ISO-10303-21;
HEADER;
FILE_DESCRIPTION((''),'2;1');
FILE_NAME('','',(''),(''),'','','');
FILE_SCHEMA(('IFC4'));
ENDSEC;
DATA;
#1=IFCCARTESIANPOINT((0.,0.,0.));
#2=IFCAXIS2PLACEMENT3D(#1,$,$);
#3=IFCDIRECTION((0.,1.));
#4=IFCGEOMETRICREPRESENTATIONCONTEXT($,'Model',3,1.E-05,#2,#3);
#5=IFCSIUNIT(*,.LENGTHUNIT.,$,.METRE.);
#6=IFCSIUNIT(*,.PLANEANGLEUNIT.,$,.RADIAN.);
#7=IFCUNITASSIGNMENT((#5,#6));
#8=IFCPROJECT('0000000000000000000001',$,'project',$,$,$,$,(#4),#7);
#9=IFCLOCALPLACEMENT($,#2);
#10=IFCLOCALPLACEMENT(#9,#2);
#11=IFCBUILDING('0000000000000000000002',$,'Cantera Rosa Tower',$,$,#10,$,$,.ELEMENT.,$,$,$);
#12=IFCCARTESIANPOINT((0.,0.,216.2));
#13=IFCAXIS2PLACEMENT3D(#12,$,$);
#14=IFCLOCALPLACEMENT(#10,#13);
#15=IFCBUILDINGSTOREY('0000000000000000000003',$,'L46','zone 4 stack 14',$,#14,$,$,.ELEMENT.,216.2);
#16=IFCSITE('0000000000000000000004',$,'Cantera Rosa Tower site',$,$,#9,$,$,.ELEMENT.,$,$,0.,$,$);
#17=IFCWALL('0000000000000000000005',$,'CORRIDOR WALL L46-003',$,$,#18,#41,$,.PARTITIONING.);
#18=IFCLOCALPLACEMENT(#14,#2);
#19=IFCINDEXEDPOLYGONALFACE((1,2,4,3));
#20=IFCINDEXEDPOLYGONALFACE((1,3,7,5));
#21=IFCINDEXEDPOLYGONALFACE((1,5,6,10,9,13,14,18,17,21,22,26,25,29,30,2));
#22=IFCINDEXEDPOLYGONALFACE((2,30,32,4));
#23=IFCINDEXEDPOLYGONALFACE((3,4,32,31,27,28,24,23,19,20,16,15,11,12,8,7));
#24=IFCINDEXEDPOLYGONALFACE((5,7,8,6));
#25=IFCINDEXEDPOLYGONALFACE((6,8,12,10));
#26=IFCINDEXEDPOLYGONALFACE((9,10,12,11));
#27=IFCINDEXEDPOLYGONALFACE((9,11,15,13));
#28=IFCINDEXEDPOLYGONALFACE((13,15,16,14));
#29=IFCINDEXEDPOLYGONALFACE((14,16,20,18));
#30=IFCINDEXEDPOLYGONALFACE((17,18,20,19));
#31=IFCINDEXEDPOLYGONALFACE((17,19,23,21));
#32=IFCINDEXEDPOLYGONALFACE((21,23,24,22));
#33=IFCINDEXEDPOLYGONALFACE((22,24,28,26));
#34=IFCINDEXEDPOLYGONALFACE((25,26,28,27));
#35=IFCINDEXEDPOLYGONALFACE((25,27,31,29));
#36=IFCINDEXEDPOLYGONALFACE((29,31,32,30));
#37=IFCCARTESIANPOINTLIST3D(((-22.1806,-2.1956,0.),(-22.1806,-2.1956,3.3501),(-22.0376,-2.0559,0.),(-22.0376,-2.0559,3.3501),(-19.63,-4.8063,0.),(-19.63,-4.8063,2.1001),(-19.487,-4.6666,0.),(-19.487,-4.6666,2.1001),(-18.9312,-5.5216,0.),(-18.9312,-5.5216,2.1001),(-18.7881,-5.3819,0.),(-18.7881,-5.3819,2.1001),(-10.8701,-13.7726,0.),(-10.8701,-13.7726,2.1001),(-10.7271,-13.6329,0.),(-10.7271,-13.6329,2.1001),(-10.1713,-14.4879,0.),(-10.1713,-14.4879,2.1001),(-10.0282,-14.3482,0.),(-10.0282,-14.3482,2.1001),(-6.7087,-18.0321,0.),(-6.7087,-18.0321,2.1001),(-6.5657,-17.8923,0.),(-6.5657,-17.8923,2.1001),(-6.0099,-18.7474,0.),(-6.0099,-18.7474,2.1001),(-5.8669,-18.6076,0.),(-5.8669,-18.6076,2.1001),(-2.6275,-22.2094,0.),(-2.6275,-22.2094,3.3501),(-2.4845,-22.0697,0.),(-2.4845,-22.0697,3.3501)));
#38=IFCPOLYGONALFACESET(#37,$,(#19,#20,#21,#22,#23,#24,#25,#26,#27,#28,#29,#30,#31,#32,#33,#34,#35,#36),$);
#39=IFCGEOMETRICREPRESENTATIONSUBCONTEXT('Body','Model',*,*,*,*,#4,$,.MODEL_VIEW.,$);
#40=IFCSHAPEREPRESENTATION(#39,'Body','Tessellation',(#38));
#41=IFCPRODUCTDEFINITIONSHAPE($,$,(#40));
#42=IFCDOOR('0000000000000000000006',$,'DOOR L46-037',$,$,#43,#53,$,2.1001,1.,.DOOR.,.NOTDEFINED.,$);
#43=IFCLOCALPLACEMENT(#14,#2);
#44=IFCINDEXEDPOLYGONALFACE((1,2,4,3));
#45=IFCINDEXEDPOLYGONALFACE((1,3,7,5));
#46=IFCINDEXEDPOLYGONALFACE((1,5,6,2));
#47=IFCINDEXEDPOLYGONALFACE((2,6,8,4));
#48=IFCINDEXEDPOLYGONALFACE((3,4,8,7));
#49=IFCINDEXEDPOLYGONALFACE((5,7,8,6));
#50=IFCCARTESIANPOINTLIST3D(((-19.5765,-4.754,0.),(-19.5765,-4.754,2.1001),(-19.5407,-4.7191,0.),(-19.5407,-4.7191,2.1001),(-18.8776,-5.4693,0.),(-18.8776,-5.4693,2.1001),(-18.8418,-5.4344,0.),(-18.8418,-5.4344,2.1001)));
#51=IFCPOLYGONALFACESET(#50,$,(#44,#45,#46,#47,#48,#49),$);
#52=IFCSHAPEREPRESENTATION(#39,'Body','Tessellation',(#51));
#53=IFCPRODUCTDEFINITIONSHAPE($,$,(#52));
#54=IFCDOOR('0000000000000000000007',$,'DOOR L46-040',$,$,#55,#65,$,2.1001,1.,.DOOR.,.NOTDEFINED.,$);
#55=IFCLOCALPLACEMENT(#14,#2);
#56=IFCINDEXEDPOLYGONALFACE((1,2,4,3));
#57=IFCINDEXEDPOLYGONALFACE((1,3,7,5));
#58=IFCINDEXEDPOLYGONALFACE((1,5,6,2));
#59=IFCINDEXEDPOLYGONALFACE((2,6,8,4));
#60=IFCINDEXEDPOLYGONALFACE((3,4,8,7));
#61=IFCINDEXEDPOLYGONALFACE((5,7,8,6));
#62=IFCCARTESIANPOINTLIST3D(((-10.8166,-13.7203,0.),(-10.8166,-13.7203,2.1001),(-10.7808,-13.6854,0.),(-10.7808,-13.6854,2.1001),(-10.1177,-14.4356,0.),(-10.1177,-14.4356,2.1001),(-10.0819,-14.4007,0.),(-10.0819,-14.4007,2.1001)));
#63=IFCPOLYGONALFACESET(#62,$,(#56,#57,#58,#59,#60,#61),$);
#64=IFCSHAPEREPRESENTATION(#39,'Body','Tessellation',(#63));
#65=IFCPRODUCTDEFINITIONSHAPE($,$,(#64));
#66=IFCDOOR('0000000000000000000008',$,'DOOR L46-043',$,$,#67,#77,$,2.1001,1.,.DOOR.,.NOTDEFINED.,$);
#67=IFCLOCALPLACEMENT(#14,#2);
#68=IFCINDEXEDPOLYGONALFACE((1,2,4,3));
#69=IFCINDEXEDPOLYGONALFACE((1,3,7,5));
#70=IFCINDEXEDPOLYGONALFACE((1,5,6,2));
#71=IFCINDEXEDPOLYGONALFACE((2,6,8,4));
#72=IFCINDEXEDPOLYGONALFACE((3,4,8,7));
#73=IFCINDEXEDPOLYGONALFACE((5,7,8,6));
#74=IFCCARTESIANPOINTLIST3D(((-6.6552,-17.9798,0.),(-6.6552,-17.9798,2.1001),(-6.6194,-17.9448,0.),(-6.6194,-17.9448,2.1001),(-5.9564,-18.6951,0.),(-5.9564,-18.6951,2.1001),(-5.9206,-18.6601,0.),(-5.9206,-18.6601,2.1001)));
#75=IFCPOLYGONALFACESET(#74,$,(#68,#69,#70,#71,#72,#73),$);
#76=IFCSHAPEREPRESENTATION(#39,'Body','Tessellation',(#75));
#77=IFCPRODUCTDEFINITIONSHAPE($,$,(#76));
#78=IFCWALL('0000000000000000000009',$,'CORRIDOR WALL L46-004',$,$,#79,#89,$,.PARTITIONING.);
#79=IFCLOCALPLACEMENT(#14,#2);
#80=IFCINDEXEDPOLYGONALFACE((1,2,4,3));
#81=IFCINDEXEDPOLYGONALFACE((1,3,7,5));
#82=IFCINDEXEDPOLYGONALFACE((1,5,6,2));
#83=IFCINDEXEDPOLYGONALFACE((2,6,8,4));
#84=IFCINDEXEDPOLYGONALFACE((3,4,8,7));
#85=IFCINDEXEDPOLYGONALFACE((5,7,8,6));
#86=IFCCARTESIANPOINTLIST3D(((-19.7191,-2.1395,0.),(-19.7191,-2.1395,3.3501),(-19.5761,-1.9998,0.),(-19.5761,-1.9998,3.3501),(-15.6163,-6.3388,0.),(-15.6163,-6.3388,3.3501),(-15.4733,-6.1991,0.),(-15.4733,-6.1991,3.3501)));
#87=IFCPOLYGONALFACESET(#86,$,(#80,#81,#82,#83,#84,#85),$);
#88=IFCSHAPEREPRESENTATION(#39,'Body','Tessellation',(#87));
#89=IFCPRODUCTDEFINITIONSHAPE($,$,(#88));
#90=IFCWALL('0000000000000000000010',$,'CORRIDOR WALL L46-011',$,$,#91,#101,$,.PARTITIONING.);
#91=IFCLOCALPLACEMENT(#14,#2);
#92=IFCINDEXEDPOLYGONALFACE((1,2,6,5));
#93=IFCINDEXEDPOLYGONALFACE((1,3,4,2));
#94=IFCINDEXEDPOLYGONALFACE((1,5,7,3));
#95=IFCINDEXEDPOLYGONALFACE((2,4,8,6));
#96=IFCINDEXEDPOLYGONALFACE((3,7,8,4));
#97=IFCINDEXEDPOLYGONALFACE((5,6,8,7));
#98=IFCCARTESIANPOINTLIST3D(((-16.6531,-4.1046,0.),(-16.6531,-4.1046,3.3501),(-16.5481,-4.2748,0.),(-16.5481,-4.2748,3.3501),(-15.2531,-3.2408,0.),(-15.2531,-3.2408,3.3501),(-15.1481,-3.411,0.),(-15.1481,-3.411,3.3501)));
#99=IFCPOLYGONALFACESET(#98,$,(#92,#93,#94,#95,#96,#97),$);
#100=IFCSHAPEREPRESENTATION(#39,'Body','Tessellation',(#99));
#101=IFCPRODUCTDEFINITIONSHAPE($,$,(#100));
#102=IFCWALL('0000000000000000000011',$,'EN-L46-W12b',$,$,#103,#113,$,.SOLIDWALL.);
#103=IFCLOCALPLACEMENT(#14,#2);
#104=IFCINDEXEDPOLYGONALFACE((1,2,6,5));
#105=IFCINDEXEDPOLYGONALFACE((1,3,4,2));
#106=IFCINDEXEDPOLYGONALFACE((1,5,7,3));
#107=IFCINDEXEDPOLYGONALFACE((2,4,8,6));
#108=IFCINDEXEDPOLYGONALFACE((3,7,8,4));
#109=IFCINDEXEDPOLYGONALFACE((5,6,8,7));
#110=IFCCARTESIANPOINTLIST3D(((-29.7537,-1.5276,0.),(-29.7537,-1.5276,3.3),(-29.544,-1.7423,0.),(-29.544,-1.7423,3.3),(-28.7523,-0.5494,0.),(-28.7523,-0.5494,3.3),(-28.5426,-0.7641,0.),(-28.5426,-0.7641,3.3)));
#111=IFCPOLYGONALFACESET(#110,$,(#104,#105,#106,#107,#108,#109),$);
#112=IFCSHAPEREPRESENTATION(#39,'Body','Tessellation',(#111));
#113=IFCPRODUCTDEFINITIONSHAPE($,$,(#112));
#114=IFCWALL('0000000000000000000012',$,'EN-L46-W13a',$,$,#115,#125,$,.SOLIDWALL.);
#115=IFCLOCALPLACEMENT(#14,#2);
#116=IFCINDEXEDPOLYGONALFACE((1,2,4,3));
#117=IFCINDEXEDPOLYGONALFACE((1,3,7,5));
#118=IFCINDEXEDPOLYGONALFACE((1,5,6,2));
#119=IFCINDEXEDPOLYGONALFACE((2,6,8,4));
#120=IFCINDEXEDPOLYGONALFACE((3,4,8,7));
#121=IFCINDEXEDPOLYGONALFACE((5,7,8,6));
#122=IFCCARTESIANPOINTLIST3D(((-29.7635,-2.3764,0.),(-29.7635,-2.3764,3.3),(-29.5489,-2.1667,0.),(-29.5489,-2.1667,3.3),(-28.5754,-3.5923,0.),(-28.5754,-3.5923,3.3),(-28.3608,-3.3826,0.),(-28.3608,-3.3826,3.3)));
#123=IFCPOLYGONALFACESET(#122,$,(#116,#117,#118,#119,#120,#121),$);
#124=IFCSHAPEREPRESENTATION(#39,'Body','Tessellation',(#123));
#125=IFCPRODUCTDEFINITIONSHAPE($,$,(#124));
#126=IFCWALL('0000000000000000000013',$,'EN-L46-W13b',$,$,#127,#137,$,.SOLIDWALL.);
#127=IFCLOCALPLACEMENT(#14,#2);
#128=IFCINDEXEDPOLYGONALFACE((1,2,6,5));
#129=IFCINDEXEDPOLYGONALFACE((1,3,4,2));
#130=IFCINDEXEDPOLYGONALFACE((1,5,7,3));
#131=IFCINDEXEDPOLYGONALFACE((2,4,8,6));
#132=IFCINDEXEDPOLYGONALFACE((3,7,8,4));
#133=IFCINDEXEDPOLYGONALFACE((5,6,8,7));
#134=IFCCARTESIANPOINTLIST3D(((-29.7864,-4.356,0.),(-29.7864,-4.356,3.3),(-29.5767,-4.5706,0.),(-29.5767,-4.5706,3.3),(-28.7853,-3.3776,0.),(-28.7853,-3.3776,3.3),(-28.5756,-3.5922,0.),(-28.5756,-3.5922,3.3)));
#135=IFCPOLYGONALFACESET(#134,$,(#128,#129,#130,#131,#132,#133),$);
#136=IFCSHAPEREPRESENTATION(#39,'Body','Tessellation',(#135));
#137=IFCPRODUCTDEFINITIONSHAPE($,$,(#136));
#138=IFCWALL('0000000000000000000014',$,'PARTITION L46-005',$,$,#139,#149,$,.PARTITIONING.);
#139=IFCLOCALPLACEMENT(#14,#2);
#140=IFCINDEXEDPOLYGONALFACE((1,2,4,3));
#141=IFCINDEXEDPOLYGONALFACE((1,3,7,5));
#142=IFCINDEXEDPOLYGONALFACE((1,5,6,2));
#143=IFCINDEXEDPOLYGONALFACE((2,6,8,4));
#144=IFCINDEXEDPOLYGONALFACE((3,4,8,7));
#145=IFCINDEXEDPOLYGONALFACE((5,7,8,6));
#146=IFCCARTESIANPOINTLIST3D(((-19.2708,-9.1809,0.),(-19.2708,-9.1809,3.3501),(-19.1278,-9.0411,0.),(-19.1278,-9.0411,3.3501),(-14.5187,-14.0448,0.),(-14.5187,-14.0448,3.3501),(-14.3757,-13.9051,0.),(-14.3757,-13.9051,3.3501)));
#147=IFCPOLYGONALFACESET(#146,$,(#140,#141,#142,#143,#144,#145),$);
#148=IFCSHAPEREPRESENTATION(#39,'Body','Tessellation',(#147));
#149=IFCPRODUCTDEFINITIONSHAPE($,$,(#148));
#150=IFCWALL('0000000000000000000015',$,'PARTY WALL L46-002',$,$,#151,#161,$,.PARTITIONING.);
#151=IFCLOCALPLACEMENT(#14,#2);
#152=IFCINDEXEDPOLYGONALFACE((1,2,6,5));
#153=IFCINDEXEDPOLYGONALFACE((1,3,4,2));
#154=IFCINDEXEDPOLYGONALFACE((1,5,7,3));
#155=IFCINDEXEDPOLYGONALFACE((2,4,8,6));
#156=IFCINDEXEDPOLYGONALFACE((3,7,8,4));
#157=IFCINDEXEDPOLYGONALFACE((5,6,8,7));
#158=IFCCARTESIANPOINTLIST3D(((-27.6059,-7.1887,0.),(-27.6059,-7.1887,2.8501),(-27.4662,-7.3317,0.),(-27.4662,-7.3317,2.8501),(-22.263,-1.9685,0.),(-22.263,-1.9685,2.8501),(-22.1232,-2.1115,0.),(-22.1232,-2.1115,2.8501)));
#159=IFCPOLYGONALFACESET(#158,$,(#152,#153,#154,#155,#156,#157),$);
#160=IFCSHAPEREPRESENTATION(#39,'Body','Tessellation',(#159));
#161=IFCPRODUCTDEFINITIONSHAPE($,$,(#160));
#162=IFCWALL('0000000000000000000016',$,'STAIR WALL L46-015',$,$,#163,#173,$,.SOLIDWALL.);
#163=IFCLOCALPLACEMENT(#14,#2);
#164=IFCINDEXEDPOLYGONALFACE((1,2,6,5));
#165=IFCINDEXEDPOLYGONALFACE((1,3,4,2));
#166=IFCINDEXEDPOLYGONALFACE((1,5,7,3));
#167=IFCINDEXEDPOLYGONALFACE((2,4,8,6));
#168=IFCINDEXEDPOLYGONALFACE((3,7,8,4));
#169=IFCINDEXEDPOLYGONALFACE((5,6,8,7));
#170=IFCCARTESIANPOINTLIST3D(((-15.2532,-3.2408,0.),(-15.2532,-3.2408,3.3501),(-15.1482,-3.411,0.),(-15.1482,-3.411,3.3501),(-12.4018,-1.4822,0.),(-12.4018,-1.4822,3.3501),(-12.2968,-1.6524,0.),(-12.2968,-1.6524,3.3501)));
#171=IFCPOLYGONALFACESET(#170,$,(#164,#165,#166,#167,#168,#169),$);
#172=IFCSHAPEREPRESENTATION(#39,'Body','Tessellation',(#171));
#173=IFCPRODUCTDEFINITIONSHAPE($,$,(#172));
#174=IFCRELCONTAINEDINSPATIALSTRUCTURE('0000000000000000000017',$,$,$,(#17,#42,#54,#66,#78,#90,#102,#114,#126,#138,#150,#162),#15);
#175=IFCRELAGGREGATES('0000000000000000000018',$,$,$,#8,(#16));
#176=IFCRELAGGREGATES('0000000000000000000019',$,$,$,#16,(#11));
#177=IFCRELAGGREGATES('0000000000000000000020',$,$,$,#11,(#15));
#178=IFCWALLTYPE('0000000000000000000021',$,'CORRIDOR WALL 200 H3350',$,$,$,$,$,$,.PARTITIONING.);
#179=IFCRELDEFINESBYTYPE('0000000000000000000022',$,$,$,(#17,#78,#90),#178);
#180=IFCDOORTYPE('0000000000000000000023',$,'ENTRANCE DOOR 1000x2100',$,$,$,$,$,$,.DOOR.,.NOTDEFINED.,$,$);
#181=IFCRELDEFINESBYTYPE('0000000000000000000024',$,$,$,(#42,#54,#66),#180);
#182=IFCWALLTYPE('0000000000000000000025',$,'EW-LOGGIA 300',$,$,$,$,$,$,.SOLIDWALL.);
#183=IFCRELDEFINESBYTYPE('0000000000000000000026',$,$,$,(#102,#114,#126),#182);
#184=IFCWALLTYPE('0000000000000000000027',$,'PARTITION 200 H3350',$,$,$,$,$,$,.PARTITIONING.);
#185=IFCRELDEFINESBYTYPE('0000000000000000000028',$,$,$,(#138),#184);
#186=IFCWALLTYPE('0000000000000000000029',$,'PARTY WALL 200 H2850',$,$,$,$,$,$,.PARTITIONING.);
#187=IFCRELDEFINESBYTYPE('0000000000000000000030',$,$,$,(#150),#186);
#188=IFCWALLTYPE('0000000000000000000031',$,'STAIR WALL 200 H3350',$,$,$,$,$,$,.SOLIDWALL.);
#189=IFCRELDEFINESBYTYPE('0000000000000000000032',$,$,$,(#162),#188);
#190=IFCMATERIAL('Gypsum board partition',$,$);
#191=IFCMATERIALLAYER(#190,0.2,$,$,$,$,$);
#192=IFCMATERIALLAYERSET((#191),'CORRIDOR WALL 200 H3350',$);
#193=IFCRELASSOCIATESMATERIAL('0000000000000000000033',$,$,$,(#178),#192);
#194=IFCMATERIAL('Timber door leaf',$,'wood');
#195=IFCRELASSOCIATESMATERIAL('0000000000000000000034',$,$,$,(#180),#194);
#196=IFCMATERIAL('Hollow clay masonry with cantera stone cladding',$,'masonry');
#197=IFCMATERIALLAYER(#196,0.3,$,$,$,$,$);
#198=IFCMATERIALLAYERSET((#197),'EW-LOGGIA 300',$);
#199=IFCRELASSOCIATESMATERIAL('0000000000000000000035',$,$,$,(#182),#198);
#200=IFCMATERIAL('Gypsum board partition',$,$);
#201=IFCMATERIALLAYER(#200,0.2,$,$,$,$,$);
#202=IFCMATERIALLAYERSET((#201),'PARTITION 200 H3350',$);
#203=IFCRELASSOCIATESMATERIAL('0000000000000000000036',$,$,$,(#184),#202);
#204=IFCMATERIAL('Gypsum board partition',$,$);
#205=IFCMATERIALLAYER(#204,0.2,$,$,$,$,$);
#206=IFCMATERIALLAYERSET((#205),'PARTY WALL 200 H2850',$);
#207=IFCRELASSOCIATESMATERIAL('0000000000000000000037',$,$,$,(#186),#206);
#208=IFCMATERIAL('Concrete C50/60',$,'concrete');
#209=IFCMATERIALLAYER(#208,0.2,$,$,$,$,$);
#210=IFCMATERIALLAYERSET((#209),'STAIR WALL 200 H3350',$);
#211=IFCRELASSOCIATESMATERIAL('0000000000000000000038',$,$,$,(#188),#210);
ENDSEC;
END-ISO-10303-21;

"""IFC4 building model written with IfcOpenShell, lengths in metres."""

from ifc_helpers import new_model, si_unit, direction, frame, frame_2d, origin, place, context, subcontext, project, spatial, rectangle, extrude, material, layer, layer_set, type_object, element, fill, save


model = new_model("IFC4")

# Units and contexts
model_context = context("Model", 3, precision=1e-05, world=origin(), true_north=direction((0.0, 1.0)))
body_context = subcontext(model_context, "Body", "Model", "MODEL_VIEW")
ifc_project = project(units=[si_unit("LENGTHUNIT", "METRE"), si_unit("PLANEANGLEUNIT", "RADIAN")], contexts=[model_context])

# Site, building, storey
site_placement = place(None, origin())
site = spatial("IfcSite", under=ifc_project, at=site_placement, Name="Cantera Rosa Tower site", CompositionType="ELEMENT", RefElevation=0.0)
building_placement = place(site_placement, origin())
building = spatial("IfcBuilding", under=site, at=building_placement, Name="Cantera Rosa Tower", CompositionType="ELEMENT")
storey_placement = place(building_placement, frame((0.0, 0.0, 216.2)))
storey = spatial("IfcBuildingStorey", under=building, at=storey_placement, Name="L46", Description="zone 4 stack 14", CompositionType="ELEMENT", Elevation=216.2)

# Wall, openings, doors
ifc_material_1 = material(Name="Gypsum board partition")
ifc_layer_1 = layer(ifc_material_1, 0.2)
ifc_layer_set_1 = layer_set([ifc_layer_1], Name="CORRIDOR WALL 200 H3350")
wall_type_1 = type_object("IfcWallType", Name="CORRIDOR WALL 200 H3350", PredefinedType="PARTITIONING", material=ifc_layer_set_1)
wall_1_placement = place(storey_placement, frame((-22.1091, -2.1257, 0.0), z_axis=(0.0, 0.0, 1.0), x_axis=(0.698826, -0.715291, 0.0)))
wall_1 = element("IfcWall", 1, at=wall_1_placement, inside=storey, type_object=wall_type_1, Name="CORRIDOR WALL L46-003", PredefinedType="PARTITIONING", context=body_context, shape_type="SweptSolid", body=[
    extrude(rectangle(XDim=27.98, YDim=0.2, at=frame_2d((13.99, 0.0))), origin(), (0.0, 0.0, 1.0), 3.3501),
])
opening_1_placement = place(wall_1_placement, frame((3.6499, 0.0, 0.0)))
opening_1 = element("IfcOpeningElement", 2, at=opening_1_placement, cuts=wall_1, PredefinedType="OPENING", context=body_context, shape_type="SweptSolid", body=[
    extrude(rectangle(XDim=1.0, YDim=2.1001, at=frame_2d((0.5, 1.05))), frame((0.0, 0.1099, 0.0), z_axis=(0.0, -1.0, 0.0), x_axis=(1.0, 0.0, 0.0)), (0.0, 0.0, 1.0), 0.22),
])
opening_2_placement = place(wall_1_placement, frame((16.1851, 0.0, 0.0)))
opening_2 = element("IfcOpeningElement", 3, at=opening_2_placement, cuts=wall_1, PredefinedType="OPENING", context=body_context, shape_type="SweptSolid", body=[
    extrude(rectangle(XDim=1.0, YDim=2.1001, at=frame_2d((0.5, 1.05))), frame((0.0, 0.1099, 0.0), z_axis=(0.0, -1.0, 0.0), x_axis=(1.0, 0.0, 0.0)), (0.0, 0.0, 1.0), 0.22),
])
opening_3_placement = place(wall_1_placement, frame((22.1399, 0.0, 0.0)))
opening_3 = element("IfcOpeningElement", 4, at=opening_3_placement, cuts=wall_1, PredefinedType="OPENING", context=body_context, shape_type="SweptSolid", body=[
    extrude(rectangle(XDim=1.0, YDim=2.1001, at=frame_2d((0.5, 1.05))), frame((0.0, 0.1099, 0.0), z_axis=(0.0, -1.0, 0.0), x_axis=(1.0, 0.0, 0.0)), (0.0, 0.0, 1.0), 0.22),
])
ifc_material_2 = material(Name="Timber door leaf", Category="wood")
door_type_1 = type_object("IfcDoorType", Name="ENTRANCE DOOR 1000x2100", OperationType="NOTDEFINED", PredefinedType="DOOR", material=ifc_material_2)
door_1_placement = place(opening_1_placement, origin())
door_1 = element("IfcDoor", 5, at=door_1_placement, inside=storey, type_object=door_type_1, Name="DOOR L46-037", OperationType="NOTDEFINED", OverallHeight=2.1001, OverallWidth=1.0, PredefinedType="DOOR", context=body_context, shape_type="SweptSolid", body=[
    extrude(rectangle(XDim=1.0, YDim=2.1001, at=frame_2d((0.5, 1.05))), frame((0.0, 0.0249, 0.0), z_axis=(0.0, -1.0, 0.0), x_axis=(1.0, 0.0, 0.0)), (0.0, 0.0, 1.0), 0.05),
])
fill(opening_1, door_1)
door_2_placement = place(opening_2_placement, origin())
door_2 = element("IfcDoor", 6, at=door_2_placement, inside=storey, type_object=door_type_1, Name="DOOR L46-040", OperationType="NOTDEFINED", OverallHeight=2.1001, OverallWidth=1.0, PredefinedType="DOOR", context=body_context, shape_type="SweptSolid", body=[
    extrude(rectangle(XDim=1.0, YDim=2.1001, at=frame_2d((0.5, 1.05))), frame((0.0, 0.0249, 0.0), z_axis=(0.0, -1.0, 0.0), x_axis=(1.0, 0.0, 0.0)), (0.0, 0.0, 1.0), 0.05),
])
fill(opening_2, door_2)
door_3_placement = place(opening_3_placement, origin())
door_3 = element("IfcDoor", 7, at=door_3_placement, inside=storey, type_object=door_type_1, Name="DOOR L46-043", OperationType="NOTDEFINED", OverallHeight=2.1001, OverallWidth=1.0, PredefinedType="DOOR", context=body_context, shape_type="SweptSolid", body=[
    extrude(rectangle(XDim=1.0, YDim=2.1001, at=frame_2d((0.5, 1.05))), frame((0.0, 0.0249, 0.0), z_axis=(0.0, -1.0, 0.0), x_axis=(1.0, 0.0, 0.0)), (0.0, 0.0, 1.0), 0.05),
])
fill(opening_3, door_3)

# Walls
wall_2_placement = place(storey_placement, frame((-19.6477, -2.0696, 0.0), z_axis=(0.0, 0.0, 1.0), x_axis=(0.698846, -0.715272, 0.0)))
element("IfcWall", 8, at=wall_2_placement, inside=storey, type_object=wall_type_1, Name="CORRIDOR WALL L46-004", PredefinedType="PARTITIONING", context=body_context, shape_type="SweptSolid", body=[
    extrude(rectangle(XDim=5.8708, YDim=0.2, at=frame_2d((2.9355, 0.0))), origin(), (0.0, 0.0, 1.0), 3.3501),
])
wall_3_placement = place(storey_placement, frame((-16.6006, -4.1897, 0.0), z_axis=(0.0, 0.0, 1.0), x_axis=(0.851036, 0.525107, 0.0)))
element("IfcWall", 9, at=wall_3_placement, inside=storey, type_object=wall_type_1, Name="CORRIDOR WALL L46-011", PredefinedType="PARTITIONING", context=body_context, shape_type="SweptSolid", body=[
    extrude(rectangle(XDim=1.645, YDim=0.2, at=frame_2d((0.8225, 0.0))), origin(), (0.0, 0.0, 1.0), 3.3501),
])
ifc_material_3 = material(Name="Hollow clay masonry with cantera stone cladding", Category="masonry")
ifc_layer_2 = layer(ifc_material_3, 0.3)
ifc_layer_set_2 = layer_set([ifc_layer_2], Name="EW-LOGGIA 300")
wall_type_2 = type_object("IfcWallType", Name="EW-LOGGIA 300", PredefinedType="SOLIDWALL", material=ifc_layer_set_2)
wall_4_placement = place(storey_placement, frame((-28.6475, -0.6567, 0.0), z_axis=(0.0, 0.0, 1.0), x_axis=(-0.715342, -0.698775, 0.0)))
element("IfcWall", 10, at=wall_4_placement, inside=storey, type_object=wall_type_2, Name="EN-L46-W12b", PredefinedType="SOLIDWALL", context=body_context, shape_type="SweptSolid", body=[
    extrude(rectangle(XDim=1.3999, YDim=0.3, at=frame_2d((0.7, 0.0))), origin(), (0.0, 0.0, 1.0), 3.3),
])
wall_5_placement = place(storey_placement, frame((-29.6562, -2.2715, 0.0), z_axis=(0.0, 0.0, 1.0), x_axis=(0.698873, -0.715246, 0.0)))
element("IfcWall", 11, at=wall_5_placement, inside=storey, type_object=wall_type_2, Name="EN-L46-W13a", PredefinedType="SOLIDWALL", context=body_context, shape_type="SweptSolid", body=[
    extrude(rectangle(XDim=1.7, YDim=0.3, at=frame_2d((0.8501, 0.0))), origin(), (0.0, 0.0, 1.0), 3.3),
])
wall_6_placement = place(storey_placement, frame((-28.6804, -3.4849, 0.0), z_axis=(0.0, 0.0, 1.0), x_axis=(-0.715169, -0.698951, 0.0)))
element("IfcWall", 12, at=wall_6_placement, inside=storey, type_object=wall_type_2, Name="EN-L46-W13b", PredefinedType="SOLIDWALL", context=body_context, shape_type="SweptSolid", body=[
    extrude(rectangle(XDim=1.3999, YDim=0.3, at=frame_2d((0.7, 0.0))), origin(), (0.0, 0.0, 1.0), 3.3),
])

# Walls
ifc_material_4 = material(Name="Gypsum board partition")
ifc_layer_3 = layer(ifc_material_4, 0.2)
ifc_layer_set_3 = layer_set([ifc_layer_3], Name="PARTITION 200 H3350")
wall_type_3 = type_object("IfcWallType", Name="PARTITION 200 H3350", PredefinedType="PARTITIONING", material=ifc_layer_set_3)
wall_7_placement = place(storey_placement, frame((-19.1992, -9.1111, 0.0), z_axis=(0.0, 0.0, 1.0), x_axis=(0.698837, -0.715281, 0.0)))
element("IfcWall", 13, at=wall_7_placement, inside=storey, type_object=wall_type_3, Name="PARTITION L46-005", PredefinedType="PARTITIONING", context=body_context, shape_type="SweptSolid", body=[
    extrude(rectangle(XDim=6.8, YDim=0.2, at=frame_2d((3.3999, 0.0))), origin(), (0.0, 0.0, 1.0), 3.3501),
])
ifc_material_5 = material(Name="Gypsum board partition")
ifc_layer_4 = layer(ifc_material_5, 0.2)
ifc_layer_set_4 = layer_set([ifc_layer_4], Name="PARTY WALL 200 H2850")
wall_type_4 = type_object("IfcWallType", Name="PARTY WALL 200 H2850", PredefinedType="PARTITIONING", material=ifc_layer_set_4)
wall_8_placement = place(storey_placement, frame((-22.1931, -2.04, 0.0), z_axis=(0.0, 0.0, 1.0), x_axis=(-0.715279, -0.698839, 0.0)))
element("IfcWall", 14, at=wall_8_placement, inside=storey, type_object=wall_type_4, Name="PARTY WALL L46-002", PredefinedType="PARTITIONING", context=body_context, shape_type="SweptSolid", body=[
    extrude(rectangle(XDim=7.4697, YDim=0.2, at=frame_2d((3.7349, 0.0))), origin(), (0.0, 0.0, 1.0), 2.8501),
])
ifc_material_6 = material(Name="Concrete C50/60", Category="concrete")
ifc_layer_5 = layer(ifc_material_6, 0.2)
ifc_layer_set_5 = layer_set([ifc_layer_5], Name="STAIR WALL 200 H3350")
wall_type_5 = type_object("IfcWallType", Name="STAIR WALL 200 H3350", PredefinedType="SOLIDWALL", material=ifc_layer_set_5)
wall_9_placement = place(storey_placement, frame((-15.2007, -3.3259, 0.0), z_axis=(0.0, 0.0, 1.0), x_axis=(0.85114, 0.524939, 0.0)))
element("IfcWall", 15, at=wall_9_placement, inside=storey, type_object=wall_type_5, Name="STAIR WALL L46-015", PredefinedType="SOLIDWALL", context=body_context, shape_type="SweptSolid", body=[
    extrude(rectangle(XDim=3.3501, YDim=0.2, at=frame_2d((1.675, 0.0))), origin(), (0.0, 0.0, 1.0), 3.3501),
])

save(model, "model.ifc")
